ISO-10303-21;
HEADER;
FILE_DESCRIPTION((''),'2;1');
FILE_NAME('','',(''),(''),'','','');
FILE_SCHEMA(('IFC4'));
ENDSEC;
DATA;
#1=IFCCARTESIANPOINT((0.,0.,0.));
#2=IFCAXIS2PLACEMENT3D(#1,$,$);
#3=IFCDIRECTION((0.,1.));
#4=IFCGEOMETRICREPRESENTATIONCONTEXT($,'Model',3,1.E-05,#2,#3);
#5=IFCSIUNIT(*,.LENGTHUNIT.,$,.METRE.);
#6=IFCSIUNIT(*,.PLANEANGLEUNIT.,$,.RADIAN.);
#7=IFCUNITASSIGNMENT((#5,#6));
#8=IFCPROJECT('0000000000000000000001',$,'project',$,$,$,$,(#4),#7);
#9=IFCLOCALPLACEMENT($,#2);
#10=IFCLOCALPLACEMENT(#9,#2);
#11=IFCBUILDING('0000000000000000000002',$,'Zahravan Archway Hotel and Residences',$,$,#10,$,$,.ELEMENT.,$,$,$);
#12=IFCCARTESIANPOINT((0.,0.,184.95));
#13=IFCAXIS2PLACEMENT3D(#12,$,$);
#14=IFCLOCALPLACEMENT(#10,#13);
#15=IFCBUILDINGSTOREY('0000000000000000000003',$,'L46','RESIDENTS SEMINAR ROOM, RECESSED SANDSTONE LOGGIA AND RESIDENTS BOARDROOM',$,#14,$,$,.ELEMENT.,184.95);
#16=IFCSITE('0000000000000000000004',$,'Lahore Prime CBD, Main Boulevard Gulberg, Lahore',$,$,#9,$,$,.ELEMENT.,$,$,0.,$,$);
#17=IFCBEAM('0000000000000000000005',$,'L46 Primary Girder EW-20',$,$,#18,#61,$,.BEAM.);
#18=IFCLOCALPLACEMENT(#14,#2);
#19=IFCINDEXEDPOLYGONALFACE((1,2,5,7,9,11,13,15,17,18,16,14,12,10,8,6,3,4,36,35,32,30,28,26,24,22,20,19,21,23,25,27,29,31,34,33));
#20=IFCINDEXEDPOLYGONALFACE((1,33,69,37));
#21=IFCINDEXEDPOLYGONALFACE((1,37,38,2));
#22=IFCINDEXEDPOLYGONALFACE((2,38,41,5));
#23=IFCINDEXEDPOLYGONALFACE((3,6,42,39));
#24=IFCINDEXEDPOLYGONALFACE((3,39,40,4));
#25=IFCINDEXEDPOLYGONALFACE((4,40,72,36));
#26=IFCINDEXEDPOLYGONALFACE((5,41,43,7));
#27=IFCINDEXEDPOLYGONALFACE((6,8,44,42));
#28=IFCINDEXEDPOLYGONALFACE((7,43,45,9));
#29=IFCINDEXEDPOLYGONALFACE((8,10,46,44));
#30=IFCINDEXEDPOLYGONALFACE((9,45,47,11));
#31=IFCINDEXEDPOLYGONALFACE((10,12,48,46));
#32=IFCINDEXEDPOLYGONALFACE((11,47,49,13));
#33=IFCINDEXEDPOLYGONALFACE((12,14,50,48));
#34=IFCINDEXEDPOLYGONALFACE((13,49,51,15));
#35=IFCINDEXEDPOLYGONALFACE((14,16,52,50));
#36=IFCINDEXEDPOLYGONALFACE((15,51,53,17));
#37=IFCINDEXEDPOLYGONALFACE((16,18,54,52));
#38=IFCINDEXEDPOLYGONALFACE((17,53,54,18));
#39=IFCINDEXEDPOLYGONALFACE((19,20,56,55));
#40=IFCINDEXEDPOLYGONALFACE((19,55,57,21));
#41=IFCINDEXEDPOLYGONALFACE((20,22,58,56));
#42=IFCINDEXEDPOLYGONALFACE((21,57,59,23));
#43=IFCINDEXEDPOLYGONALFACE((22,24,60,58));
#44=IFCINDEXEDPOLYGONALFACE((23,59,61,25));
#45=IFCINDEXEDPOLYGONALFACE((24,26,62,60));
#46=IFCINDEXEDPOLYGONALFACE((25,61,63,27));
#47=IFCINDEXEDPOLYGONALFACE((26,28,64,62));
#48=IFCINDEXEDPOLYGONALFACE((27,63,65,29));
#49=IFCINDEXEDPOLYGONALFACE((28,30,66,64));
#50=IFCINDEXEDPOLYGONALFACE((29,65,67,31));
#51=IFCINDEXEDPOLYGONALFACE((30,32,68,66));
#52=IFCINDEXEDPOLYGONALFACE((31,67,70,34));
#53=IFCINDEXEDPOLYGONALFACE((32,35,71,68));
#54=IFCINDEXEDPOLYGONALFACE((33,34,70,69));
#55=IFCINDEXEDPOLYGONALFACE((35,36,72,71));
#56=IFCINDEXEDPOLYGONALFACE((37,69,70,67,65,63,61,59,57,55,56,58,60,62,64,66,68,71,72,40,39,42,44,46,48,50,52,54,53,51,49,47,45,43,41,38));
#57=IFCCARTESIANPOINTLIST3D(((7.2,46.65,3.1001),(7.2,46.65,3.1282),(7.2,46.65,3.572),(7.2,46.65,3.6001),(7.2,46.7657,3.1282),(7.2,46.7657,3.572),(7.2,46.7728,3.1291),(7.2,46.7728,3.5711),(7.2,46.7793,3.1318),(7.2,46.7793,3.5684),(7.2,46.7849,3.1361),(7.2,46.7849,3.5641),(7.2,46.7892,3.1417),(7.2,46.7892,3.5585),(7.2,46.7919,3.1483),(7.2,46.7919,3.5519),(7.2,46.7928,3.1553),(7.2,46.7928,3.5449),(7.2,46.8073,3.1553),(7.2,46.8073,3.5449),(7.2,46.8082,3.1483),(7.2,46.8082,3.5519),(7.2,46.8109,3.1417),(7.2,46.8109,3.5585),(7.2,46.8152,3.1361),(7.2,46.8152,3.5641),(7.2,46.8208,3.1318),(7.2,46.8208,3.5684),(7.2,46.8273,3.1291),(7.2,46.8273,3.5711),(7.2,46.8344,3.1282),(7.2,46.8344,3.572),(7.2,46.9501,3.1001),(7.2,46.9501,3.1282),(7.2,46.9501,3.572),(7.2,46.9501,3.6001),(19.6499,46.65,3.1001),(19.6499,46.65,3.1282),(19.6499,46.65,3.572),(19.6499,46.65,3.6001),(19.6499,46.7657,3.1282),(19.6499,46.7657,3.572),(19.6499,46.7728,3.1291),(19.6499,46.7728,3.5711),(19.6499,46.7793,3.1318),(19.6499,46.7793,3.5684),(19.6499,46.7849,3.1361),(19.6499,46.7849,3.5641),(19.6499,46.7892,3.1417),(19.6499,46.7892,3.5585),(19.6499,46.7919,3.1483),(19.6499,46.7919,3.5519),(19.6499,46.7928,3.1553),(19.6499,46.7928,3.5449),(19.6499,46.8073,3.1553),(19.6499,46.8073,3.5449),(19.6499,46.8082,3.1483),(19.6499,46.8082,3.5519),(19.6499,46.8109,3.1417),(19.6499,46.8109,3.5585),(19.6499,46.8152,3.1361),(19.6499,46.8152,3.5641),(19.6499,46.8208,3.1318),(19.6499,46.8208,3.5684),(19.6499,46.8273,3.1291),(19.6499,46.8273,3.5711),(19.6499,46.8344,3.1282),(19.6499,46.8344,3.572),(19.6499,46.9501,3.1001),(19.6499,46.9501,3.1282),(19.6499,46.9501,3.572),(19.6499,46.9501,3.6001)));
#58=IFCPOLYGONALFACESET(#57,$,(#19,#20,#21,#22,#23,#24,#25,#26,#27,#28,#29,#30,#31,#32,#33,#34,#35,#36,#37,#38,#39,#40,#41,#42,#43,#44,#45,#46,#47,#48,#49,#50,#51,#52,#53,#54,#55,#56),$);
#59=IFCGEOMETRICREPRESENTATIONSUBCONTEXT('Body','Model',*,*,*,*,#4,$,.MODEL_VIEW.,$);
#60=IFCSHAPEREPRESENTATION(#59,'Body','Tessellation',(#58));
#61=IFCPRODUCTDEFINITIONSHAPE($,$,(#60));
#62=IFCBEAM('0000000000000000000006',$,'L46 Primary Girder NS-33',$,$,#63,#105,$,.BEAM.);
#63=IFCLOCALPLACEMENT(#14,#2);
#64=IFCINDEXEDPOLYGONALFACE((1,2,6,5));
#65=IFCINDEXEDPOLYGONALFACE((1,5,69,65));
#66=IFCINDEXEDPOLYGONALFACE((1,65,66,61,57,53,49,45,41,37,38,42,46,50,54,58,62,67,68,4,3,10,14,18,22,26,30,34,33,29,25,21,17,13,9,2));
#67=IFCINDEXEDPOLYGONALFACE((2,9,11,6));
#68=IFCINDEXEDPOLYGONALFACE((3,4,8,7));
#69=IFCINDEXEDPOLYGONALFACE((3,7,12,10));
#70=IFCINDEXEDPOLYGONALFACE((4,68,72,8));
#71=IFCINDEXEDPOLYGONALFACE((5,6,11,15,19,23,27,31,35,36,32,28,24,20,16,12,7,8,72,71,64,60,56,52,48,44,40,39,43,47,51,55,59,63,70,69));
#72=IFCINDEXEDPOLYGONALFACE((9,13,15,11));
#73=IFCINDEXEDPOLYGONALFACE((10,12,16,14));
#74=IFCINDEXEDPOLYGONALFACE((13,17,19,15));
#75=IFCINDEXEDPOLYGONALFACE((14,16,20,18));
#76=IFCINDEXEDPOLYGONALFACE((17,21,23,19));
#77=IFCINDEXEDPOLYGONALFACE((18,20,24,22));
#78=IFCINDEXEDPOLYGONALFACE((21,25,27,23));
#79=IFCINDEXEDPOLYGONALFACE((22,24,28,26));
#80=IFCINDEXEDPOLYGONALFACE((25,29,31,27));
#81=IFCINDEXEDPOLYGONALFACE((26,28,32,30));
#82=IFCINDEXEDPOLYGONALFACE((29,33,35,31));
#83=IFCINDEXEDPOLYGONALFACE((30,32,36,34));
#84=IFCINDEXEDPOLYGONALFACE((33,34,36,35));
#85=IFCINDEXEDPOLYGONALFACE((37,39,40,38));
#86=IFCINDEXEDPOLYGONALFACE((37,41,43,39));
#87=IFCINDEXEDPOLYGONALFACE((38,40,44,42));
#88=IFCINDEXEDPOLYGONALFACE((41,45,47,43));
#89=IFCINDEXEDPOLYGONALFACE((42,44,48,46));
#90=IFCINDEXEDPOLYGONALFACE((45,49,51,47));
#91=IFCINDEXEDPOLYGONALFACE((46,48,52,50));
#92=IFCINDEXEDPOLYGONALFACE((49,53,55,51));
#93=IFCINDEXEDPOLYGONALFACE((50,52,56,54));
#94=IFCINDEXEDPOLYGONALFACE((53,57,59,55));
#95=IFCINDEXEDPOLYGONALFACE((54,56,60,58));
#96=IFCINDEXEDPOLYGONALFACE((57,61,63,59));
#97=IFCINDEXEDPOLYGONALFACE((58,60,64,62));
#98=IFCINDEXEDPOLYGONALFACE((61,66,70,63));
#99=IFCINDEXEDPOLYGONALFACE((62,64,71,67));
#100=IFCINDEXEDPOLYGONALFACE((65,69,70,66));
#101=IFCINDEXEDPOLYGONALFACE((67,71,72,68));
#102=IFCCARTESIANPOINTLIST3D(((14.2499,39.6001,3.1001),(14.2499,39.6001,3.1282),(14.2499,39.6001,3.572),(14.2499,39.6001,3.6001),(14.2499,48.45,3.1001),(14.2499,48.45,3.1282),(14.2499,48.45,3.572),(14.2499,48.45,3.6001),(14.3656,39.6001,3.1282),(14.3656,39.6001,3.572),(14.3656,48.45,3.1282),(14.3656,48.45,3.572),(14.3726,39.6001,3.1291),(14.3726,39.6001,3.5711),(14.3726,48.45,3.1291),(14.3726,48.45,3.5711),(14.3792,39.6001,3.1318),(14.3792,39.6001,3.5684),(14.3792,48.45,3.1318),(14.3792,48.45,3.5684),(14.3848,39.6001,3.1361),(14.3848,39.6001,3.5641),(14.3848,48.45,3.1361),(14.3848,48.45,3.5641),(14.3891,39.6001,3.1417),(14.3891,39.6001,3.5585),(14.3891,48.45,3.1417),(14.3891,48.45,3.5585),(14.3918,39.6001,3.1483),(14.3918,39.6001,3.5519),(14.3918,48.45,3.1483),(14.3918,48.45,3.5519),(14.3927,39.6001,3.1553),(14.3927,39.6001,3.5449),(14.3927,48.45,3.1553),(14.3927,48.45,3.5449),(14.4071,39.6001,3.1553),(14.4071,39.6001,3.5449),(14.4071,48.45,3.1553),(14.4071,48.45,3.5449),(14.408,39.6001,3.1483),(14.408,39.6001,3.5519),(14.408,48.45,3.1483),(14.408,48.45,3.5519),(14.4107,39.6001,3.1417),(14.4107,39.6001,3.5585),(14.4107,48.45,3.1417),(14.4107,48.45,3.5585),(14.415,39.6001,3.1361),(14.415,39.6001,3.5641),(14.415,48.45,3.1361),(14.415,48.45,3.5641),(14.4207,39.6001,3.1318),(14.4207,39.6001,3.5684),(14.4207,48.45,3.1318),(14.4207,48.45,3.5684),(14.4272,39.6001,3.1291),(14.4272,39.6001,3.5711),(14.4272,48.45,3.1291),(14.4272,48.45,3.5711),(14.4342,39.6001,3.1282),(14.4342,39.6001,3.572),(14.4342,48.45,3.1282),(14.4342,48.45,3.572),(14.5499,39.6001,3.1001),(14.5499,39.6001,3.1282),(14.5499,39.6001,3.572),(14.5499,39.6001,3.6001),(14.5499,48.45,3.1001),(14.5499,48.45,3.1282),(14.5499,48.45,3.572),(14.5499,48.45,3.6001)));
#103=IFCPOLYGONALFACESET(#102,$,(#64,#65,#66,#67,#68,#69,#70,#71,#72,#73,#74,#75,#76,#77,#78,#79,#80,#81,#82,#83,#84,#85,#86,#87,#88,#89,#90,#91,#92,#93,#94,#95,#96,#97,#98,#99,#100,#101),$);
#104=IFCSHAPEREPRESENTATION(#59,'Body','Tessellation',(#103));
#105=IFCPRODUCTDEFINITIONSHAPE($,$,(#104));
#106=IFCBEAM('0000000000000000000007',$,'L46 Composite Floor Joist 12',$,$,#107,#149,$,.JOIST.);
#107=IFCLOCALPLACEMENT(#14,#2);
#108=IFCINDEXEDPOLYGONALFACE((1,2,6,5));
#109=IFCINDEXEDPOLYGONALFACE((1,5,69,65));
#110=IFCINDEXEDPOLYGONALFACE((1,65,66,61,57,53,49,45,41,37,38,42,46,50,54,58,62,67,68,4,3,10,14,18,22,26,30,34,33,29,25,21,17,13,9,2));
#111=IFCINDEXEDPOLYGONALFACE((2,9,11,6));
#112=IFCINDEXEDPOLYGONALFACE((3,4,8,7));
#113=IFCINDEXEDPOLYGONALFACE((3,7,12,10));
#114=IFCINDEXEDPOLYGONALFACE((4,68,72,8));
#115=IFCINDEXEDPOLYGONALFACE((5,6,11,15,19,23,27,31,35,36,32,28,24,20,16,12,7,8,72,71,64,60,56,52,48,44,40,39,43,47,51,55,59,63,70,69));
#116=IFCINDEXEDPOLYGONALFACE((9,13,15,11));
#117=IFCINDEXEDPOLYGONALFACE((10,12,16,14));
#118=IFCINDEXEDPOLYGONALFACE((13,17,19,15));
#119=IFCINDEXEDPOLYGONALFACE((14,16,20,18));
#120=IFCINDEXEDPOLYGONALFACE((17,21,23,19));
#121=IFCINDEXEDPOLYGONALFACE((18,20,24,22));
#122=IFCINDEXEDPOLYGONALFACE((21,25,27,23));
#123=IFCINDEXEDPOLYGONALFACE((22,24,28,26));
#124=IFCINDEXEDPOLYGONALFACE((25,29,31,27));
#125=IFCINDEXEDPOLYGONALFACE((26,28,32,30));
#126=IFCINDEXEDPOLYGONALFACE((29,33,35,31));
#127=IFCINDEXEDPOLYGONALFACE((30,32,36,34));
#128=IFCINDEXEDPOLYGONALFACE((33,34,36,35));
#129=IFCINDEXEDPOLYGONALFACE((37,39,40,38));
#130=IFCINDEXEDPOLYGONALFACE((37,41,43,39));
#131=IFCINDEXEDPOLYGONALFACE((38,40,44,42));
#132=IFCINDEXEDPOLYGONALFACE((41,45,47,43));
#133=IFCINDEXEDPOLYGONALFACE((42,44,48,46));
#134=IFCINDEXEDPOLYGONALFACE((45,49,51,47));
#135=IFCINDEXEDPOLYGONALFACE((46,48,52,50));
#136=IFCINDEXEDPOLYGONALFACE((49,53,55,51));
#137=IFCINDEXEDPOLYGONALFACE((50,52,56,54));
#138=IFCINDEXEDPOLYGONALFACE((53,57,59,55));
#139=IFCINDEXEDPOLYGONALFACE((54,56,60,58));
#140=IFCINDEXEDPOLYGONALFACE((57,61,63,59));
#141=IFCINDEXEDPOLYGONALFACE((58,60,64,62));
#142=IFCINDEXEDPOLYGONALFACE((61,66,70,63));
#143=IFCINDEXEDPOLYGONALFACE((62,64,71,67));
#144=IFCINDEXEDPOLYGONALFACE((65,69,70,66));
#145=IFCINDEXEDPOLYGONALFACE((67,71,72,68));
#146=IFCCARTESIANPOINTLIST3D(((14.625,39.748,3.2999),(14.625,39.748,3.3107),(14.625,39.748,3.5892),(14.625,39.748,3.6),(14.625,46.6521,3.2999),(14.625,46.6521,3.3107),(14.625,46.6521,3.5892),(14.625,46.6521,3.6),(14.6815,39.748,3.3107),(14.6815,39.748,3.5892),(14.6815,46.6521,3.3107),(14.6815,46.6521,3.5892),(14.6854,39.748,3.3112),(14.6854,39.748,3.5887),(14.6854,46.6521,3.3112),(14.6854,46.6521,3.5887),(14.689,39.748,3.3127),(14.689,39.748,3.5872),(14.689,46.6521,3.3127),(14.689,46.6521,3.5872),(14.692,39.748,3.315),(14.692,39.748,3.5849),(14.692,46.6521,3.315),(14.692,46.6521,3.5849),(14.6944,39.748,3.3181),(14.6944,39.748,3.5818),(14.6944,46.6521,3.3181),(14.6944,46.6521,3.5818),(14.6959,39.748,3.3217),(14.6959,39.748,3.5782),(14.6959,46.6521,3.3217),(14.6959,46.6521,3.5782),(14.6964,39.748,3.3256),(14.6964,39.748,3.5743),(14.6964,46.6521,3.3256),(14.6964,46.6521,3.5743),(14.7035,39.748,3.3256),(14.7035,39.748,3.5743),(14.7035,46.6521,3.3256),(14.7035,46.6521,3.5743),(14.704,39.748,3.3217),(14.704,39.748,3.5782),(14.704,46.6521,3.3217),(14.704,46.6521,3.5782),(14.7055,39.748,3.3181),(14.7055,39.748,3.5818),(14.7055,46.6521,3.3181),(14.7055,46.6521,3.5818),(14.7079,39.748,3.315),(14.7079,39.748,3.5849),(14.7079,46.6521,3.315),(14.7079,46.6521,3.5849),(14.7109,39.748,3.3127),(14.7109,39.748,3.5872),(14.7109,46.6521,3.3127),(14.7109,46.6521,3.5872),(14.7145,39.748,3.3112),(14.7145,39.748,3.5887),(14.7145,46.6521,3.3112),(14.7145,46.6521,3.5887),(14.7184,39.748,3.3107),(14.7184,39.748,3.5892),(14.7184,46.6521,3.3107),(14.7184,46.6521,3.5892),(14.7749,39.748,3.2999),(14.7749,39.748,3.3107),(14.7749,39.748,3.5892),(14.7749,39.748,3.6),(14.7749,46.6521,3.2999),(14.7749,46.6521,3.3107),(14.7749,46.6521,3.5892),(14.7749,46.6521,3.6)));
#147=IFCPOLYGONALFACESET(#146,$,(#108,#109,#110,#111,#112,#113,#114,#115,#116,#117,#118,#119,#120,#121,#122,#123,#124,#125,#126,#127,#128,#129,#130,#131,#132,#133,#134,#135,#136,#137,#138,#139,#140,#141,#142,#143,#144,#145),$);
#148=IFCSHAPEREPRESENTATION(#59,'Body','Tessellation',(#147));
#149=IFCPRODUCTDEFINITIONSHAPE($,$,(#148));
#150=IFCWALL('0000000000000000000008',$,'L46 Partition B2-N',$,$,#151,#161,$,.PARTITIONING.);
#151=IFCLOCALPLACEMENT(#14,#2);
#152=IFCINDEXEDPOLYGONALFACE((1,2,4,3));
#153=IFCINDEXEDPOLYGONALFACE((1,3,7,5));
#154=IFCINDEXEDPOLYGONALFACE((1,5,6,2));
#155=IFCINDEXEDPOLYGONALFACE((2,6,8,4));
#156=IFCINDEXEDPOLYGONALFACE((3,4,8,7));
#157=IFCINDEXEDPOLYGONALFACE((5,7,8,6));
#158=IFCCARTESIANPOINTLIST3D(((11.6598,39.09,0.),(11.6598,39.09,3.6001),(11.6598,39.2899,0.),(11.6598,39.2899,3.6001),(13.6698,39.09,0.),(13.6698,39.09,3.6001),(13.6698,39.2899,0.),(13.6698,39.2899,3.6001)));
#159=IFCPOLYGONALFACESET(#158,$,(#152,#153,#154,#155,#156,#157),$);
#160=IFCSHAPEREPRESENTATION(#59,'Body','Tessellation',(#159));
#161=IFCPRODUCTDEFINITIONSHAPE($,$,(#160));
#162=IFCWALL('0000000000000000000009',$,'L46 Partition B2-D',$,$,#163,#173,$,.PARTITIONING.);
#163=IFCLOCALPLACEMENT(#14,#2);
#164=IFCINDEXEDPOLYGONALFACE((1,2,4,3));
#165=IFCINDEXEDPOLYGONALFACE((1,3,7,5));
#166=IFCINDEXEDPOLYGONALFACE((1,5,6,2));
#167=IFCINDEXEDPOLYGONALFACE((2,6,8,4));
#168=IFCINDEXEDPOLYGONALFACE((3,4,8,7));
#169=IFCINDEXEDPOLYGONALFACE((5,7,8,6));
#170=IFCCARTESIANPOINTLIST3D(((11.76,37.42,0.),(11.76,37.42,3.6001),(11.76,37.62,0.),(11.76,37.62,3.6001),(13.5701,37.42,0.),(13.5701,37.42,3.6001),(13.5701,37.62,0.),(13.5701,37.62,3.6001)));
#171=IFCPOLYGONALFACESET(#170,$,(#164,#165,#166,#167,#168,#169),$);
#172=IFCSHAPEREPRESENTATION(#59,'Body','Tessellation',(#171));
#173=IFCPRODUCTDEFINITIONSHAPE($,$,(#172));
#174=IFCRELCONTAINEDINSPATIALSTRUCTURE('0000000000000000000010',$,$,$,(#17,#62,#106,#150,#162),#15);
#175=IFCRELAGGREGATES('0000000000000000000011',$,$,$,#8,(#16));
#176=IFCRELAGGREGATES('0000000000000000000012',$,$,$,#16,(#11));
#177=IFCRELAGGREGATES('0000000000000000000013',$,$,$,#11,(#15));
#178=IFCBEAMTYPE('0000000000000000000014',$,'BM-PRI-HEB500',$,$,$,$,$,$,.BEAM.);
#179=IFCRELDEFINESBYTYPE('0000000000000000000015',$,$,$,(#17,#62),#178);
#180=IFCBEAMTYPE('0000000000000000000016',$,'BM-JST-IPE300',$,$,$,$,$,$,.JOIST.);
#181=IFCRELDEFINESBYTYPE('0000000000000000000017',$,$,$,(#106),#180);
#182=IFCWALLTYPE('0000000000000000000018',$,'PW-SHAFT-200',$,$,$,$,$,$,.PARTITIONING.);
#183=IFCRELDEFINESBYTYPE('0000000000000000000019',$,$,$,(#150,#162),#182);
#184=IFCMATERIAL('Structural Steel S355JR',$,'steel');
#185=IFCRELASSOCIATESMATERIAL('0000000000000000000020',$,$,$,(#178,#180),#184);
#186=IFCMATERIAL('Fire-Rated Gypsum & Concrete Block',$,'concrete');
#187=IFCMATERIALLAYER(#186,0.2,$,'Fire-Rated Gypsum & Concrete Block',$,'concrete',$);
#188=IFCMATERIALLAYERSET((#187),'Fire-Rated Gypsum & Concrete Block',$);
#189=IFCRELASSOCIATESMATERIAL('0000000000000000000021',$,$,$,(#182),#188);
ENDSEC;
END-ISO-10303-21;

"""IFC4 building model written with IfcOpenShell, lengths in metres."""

from ifc_helpers import new_model, si_unit, direction, frame, frame_2d, origin, origin_2d, place, context, subcontext, project, spatial, rectangle, i_section, extrude, source, transform, mapped, material, layer, layer_set, material_profile, profile_set, type_object, type_shapes, element, save


model = new_model("IFC4")

# Units and contexts
model_context = context("Model", 3, precision=1e-05, world=origin(), true_north=direction((0.0, 1.0)))
body_context = subcontext(model_context, "Body", "Model", "MODEL_VIEW")
ifc_project = project(units=[si_unit("LENGTHUNIT", "METRE"), si_unit("PLANEANGLEUNIT", "RADIAN")], contexts=[model_context])

# Site, building, storey
site_placement = place(None, origin())
site = spatial("IfcSite", under=ifc_project, at=site_placement, Name="Lahore Prime CBD, Main Boulevard Gulberg, Lahore", CompositionType="ELEMENT", RefElevation=0.0)
building_placement = place(site_placement, origin())
building = spatial("IfcBuilding", under=site, at=building_placement, Name="Zahravan Archway Hotel and Residences", CompositionType="ELEMENT")
storey_placement = place(building_placement, frame((0.0, 0.0, 184.95)))
storey = spatial("IfcBuildingStorey", under=building, at=storey_placement, Name="L46", Description="RESIDENTS SEMINAR ROOM, RECESSED SANDSTONE LOGGIA AND RESIDENTS BOARDROOM", CompositionType="ELEMENT", Elevation=184.95)

# Beams
ifc_material_1 = material(Name="Structural Steel S355JR", Category="steel")
ifc_material_profile_1 = material_profile(ifc_material_1, i_section(OverallWidth=0.3, OverallDepth=0.5, WebThickness=0.0144, FlangeThickness=0.0281, FilletRadius=0.0271, at=origin_2d()), Name="HEB 500", Category="steel")
ifc_profile_set_1 = profile_set([ifc_material_profile_1], Name="Structural Steel S355JR")
beam_type_1 = type_object("IfcBeamType", Name="BM-PRI-HEB500", PredefinedType="BEAM", material=ifc_profile_set_1)
shared_shape_1 = source(origin(), body_context, "Body", "SweptSolid", [
    extrude(i_section(OverallWidth=0.3, OverallDepth=0.5, WebThickness=0.0144, FlangeThickness=0.0281, FilletRadius=0.0271, at=origin_2d()), origin(), (0.0, 0.0, 1.0), 12.45),
])
beam_1_placement = place(storey_placement, frame((7.2, 46.8, 3.3501), z_axis=(1.0, 0.0, 0.0), x_axis=(0.0, 1.0, 0.0)))
element("IfcBeam", 1, at=beam_1_placement, inside=storey, type_object=beam_type_1, Name="L46 Primary Girder EW-20", PredefinedType="BEAM", context=body_context, shape_type="MappedRepresentation", body=[
    mapped(shared_shape_1, transform((0.0, 0.0, 0.0), scale=1.0)),
])
shared_shape_2 = source(origin(), body_context, "Body", "SweptSolid", [
    extrude(i_section(OverallWidth=0.3, OverallDepth=0.5, WebThickness=0.0144, FlangeThickness=0.0281, FilletRadius=0.0271, at=origin_2d()), origin(), (0.0, 0.0, 1.0), 8.8499),
])
beam_2_placement = place(storey_placement, frame((14.3999, 39.6001, 3.3501), z_axis=(0.0, 1.0, 0.0), x_axis=(-1.0, 0.0, 0.0)))
element("IfcBeam", 2, at=beam_2_placement, inside=storey, type_object=beam_type_1, Name="L46 Primary Girder NS-33", PredefinedType="BEAM", context=body_context, shape_type="MappedRepresentation", body=[
    mapped(shared_shape_2, transform((0.0, 0.0, 0.0), scale=1.0)),
])
ifc_material_profile_2 = material_profile(ifc_material_1, i_section(OverallWidth=0.1499, OverallDepth=0.3, WebThickness=0.0071, FlangeThickness=0.0107, FilletRadius=0.0149, at=origin_2d()), Name="IPE 300", Category="steel")
ifc_profile_set_2 = profile_set([ifc_material_profile_2], Name="Structural Steel S355JR")
beam_type_2 = type_object("IfcBeamType", Name="BM-JST-IPE300", PredefinedType="JOIST", material=ifc_profile_set_2)
shared_shape_3 = source(origin(), body_context, "Body", "SweptSolid", [
    extrude(i_section(OverallWidth=0.1499, OverallDepth=0.3, WebThickness=0.0071, FlangeThickness=0.0107, FilletRadius=0.0149, at=origin_2d()), origin(), (0.0, 0.0, 1.0), 6.9041),
])
type_shapes(beam_type_2, [shared_shape_3])
beam_3_placement = place(storey_placement, frame((14.7, 39.748, 3.45), z_axis=(0.0, 1.0, 0.0), x_axis=(-1.0, 0.0, 0.0)))
element("IfcBeam", 3, at=beam_3_placement, inside=storey, type_object=beam_type_2, Name="L46 Composite Floor Joist 12", PredefinedType="JOIST", context=body_context, shape_type="MappedRepresentation", body=[
    mapped(shared_shape_3, transform((0.0, 0.0, 0.0), scale=1.0)),
])

# Walls
ifc_material_2 = material(Name="Fire-Rated Gypsum & Concrete Block", Category="concrete")
ifc_layer_1 = layer(ifc_material_2, 0.2, Name="Fire-Rated Gypsum & Concrete Block", Category="concrete")
ifc_layer_set_1 = layer_set([ifc_layer_1], Name="Fire-Rated Gypsum & Concrete Block")
wall_type = type_object("IfcWallType", Name="PW-SHAFT-200", PredefinedType="PARTITIONING", material=ifc_layer_set_1)
wall_1_placement = place(storey_placement, frame((11.6599, 39.1899, 0.0), z_axis=(0.0, 0.0, 1.0), x_axis=(1.0, 0.0, 0.0)))
element("IfcWall", 4, at=wall_1_placement, inside=storey, type_object=wall_type, Name="L46 Partition B2-N", PredefinedType="PARTITIONING", context=body_context, shape_type="SweptSolid", body=[
    extrude(rectangle(XDim=2.01, YDim=0.2, at=frame_2d((1.0049, 0.0))), origin(), (0.0, 0.0, 1.0), 3.6001),
])
wall_2_placement = place(storey_placement, frame((11.76, 37.52, 0.0), z_axis=(0.0, 0.0, 1.0), x_axis=(1.0, 0.0, 0.0)))
element("IfcWall", 5, at=wall_2_placement, inside=storey, type_object=wall_type, Name="L46 Partition B2-D", PredefinedType="PARTITIONING", context=body_context, shape_type="SweptSolid", body=[
    extrude(rectangle(XDim=1.8101, YDim=0.2, at=frame_2d((0.905, 0.0))), origin(), (0.0, 0.0, 1.0), 3.6001),
])

save(model, "model.ifc")
